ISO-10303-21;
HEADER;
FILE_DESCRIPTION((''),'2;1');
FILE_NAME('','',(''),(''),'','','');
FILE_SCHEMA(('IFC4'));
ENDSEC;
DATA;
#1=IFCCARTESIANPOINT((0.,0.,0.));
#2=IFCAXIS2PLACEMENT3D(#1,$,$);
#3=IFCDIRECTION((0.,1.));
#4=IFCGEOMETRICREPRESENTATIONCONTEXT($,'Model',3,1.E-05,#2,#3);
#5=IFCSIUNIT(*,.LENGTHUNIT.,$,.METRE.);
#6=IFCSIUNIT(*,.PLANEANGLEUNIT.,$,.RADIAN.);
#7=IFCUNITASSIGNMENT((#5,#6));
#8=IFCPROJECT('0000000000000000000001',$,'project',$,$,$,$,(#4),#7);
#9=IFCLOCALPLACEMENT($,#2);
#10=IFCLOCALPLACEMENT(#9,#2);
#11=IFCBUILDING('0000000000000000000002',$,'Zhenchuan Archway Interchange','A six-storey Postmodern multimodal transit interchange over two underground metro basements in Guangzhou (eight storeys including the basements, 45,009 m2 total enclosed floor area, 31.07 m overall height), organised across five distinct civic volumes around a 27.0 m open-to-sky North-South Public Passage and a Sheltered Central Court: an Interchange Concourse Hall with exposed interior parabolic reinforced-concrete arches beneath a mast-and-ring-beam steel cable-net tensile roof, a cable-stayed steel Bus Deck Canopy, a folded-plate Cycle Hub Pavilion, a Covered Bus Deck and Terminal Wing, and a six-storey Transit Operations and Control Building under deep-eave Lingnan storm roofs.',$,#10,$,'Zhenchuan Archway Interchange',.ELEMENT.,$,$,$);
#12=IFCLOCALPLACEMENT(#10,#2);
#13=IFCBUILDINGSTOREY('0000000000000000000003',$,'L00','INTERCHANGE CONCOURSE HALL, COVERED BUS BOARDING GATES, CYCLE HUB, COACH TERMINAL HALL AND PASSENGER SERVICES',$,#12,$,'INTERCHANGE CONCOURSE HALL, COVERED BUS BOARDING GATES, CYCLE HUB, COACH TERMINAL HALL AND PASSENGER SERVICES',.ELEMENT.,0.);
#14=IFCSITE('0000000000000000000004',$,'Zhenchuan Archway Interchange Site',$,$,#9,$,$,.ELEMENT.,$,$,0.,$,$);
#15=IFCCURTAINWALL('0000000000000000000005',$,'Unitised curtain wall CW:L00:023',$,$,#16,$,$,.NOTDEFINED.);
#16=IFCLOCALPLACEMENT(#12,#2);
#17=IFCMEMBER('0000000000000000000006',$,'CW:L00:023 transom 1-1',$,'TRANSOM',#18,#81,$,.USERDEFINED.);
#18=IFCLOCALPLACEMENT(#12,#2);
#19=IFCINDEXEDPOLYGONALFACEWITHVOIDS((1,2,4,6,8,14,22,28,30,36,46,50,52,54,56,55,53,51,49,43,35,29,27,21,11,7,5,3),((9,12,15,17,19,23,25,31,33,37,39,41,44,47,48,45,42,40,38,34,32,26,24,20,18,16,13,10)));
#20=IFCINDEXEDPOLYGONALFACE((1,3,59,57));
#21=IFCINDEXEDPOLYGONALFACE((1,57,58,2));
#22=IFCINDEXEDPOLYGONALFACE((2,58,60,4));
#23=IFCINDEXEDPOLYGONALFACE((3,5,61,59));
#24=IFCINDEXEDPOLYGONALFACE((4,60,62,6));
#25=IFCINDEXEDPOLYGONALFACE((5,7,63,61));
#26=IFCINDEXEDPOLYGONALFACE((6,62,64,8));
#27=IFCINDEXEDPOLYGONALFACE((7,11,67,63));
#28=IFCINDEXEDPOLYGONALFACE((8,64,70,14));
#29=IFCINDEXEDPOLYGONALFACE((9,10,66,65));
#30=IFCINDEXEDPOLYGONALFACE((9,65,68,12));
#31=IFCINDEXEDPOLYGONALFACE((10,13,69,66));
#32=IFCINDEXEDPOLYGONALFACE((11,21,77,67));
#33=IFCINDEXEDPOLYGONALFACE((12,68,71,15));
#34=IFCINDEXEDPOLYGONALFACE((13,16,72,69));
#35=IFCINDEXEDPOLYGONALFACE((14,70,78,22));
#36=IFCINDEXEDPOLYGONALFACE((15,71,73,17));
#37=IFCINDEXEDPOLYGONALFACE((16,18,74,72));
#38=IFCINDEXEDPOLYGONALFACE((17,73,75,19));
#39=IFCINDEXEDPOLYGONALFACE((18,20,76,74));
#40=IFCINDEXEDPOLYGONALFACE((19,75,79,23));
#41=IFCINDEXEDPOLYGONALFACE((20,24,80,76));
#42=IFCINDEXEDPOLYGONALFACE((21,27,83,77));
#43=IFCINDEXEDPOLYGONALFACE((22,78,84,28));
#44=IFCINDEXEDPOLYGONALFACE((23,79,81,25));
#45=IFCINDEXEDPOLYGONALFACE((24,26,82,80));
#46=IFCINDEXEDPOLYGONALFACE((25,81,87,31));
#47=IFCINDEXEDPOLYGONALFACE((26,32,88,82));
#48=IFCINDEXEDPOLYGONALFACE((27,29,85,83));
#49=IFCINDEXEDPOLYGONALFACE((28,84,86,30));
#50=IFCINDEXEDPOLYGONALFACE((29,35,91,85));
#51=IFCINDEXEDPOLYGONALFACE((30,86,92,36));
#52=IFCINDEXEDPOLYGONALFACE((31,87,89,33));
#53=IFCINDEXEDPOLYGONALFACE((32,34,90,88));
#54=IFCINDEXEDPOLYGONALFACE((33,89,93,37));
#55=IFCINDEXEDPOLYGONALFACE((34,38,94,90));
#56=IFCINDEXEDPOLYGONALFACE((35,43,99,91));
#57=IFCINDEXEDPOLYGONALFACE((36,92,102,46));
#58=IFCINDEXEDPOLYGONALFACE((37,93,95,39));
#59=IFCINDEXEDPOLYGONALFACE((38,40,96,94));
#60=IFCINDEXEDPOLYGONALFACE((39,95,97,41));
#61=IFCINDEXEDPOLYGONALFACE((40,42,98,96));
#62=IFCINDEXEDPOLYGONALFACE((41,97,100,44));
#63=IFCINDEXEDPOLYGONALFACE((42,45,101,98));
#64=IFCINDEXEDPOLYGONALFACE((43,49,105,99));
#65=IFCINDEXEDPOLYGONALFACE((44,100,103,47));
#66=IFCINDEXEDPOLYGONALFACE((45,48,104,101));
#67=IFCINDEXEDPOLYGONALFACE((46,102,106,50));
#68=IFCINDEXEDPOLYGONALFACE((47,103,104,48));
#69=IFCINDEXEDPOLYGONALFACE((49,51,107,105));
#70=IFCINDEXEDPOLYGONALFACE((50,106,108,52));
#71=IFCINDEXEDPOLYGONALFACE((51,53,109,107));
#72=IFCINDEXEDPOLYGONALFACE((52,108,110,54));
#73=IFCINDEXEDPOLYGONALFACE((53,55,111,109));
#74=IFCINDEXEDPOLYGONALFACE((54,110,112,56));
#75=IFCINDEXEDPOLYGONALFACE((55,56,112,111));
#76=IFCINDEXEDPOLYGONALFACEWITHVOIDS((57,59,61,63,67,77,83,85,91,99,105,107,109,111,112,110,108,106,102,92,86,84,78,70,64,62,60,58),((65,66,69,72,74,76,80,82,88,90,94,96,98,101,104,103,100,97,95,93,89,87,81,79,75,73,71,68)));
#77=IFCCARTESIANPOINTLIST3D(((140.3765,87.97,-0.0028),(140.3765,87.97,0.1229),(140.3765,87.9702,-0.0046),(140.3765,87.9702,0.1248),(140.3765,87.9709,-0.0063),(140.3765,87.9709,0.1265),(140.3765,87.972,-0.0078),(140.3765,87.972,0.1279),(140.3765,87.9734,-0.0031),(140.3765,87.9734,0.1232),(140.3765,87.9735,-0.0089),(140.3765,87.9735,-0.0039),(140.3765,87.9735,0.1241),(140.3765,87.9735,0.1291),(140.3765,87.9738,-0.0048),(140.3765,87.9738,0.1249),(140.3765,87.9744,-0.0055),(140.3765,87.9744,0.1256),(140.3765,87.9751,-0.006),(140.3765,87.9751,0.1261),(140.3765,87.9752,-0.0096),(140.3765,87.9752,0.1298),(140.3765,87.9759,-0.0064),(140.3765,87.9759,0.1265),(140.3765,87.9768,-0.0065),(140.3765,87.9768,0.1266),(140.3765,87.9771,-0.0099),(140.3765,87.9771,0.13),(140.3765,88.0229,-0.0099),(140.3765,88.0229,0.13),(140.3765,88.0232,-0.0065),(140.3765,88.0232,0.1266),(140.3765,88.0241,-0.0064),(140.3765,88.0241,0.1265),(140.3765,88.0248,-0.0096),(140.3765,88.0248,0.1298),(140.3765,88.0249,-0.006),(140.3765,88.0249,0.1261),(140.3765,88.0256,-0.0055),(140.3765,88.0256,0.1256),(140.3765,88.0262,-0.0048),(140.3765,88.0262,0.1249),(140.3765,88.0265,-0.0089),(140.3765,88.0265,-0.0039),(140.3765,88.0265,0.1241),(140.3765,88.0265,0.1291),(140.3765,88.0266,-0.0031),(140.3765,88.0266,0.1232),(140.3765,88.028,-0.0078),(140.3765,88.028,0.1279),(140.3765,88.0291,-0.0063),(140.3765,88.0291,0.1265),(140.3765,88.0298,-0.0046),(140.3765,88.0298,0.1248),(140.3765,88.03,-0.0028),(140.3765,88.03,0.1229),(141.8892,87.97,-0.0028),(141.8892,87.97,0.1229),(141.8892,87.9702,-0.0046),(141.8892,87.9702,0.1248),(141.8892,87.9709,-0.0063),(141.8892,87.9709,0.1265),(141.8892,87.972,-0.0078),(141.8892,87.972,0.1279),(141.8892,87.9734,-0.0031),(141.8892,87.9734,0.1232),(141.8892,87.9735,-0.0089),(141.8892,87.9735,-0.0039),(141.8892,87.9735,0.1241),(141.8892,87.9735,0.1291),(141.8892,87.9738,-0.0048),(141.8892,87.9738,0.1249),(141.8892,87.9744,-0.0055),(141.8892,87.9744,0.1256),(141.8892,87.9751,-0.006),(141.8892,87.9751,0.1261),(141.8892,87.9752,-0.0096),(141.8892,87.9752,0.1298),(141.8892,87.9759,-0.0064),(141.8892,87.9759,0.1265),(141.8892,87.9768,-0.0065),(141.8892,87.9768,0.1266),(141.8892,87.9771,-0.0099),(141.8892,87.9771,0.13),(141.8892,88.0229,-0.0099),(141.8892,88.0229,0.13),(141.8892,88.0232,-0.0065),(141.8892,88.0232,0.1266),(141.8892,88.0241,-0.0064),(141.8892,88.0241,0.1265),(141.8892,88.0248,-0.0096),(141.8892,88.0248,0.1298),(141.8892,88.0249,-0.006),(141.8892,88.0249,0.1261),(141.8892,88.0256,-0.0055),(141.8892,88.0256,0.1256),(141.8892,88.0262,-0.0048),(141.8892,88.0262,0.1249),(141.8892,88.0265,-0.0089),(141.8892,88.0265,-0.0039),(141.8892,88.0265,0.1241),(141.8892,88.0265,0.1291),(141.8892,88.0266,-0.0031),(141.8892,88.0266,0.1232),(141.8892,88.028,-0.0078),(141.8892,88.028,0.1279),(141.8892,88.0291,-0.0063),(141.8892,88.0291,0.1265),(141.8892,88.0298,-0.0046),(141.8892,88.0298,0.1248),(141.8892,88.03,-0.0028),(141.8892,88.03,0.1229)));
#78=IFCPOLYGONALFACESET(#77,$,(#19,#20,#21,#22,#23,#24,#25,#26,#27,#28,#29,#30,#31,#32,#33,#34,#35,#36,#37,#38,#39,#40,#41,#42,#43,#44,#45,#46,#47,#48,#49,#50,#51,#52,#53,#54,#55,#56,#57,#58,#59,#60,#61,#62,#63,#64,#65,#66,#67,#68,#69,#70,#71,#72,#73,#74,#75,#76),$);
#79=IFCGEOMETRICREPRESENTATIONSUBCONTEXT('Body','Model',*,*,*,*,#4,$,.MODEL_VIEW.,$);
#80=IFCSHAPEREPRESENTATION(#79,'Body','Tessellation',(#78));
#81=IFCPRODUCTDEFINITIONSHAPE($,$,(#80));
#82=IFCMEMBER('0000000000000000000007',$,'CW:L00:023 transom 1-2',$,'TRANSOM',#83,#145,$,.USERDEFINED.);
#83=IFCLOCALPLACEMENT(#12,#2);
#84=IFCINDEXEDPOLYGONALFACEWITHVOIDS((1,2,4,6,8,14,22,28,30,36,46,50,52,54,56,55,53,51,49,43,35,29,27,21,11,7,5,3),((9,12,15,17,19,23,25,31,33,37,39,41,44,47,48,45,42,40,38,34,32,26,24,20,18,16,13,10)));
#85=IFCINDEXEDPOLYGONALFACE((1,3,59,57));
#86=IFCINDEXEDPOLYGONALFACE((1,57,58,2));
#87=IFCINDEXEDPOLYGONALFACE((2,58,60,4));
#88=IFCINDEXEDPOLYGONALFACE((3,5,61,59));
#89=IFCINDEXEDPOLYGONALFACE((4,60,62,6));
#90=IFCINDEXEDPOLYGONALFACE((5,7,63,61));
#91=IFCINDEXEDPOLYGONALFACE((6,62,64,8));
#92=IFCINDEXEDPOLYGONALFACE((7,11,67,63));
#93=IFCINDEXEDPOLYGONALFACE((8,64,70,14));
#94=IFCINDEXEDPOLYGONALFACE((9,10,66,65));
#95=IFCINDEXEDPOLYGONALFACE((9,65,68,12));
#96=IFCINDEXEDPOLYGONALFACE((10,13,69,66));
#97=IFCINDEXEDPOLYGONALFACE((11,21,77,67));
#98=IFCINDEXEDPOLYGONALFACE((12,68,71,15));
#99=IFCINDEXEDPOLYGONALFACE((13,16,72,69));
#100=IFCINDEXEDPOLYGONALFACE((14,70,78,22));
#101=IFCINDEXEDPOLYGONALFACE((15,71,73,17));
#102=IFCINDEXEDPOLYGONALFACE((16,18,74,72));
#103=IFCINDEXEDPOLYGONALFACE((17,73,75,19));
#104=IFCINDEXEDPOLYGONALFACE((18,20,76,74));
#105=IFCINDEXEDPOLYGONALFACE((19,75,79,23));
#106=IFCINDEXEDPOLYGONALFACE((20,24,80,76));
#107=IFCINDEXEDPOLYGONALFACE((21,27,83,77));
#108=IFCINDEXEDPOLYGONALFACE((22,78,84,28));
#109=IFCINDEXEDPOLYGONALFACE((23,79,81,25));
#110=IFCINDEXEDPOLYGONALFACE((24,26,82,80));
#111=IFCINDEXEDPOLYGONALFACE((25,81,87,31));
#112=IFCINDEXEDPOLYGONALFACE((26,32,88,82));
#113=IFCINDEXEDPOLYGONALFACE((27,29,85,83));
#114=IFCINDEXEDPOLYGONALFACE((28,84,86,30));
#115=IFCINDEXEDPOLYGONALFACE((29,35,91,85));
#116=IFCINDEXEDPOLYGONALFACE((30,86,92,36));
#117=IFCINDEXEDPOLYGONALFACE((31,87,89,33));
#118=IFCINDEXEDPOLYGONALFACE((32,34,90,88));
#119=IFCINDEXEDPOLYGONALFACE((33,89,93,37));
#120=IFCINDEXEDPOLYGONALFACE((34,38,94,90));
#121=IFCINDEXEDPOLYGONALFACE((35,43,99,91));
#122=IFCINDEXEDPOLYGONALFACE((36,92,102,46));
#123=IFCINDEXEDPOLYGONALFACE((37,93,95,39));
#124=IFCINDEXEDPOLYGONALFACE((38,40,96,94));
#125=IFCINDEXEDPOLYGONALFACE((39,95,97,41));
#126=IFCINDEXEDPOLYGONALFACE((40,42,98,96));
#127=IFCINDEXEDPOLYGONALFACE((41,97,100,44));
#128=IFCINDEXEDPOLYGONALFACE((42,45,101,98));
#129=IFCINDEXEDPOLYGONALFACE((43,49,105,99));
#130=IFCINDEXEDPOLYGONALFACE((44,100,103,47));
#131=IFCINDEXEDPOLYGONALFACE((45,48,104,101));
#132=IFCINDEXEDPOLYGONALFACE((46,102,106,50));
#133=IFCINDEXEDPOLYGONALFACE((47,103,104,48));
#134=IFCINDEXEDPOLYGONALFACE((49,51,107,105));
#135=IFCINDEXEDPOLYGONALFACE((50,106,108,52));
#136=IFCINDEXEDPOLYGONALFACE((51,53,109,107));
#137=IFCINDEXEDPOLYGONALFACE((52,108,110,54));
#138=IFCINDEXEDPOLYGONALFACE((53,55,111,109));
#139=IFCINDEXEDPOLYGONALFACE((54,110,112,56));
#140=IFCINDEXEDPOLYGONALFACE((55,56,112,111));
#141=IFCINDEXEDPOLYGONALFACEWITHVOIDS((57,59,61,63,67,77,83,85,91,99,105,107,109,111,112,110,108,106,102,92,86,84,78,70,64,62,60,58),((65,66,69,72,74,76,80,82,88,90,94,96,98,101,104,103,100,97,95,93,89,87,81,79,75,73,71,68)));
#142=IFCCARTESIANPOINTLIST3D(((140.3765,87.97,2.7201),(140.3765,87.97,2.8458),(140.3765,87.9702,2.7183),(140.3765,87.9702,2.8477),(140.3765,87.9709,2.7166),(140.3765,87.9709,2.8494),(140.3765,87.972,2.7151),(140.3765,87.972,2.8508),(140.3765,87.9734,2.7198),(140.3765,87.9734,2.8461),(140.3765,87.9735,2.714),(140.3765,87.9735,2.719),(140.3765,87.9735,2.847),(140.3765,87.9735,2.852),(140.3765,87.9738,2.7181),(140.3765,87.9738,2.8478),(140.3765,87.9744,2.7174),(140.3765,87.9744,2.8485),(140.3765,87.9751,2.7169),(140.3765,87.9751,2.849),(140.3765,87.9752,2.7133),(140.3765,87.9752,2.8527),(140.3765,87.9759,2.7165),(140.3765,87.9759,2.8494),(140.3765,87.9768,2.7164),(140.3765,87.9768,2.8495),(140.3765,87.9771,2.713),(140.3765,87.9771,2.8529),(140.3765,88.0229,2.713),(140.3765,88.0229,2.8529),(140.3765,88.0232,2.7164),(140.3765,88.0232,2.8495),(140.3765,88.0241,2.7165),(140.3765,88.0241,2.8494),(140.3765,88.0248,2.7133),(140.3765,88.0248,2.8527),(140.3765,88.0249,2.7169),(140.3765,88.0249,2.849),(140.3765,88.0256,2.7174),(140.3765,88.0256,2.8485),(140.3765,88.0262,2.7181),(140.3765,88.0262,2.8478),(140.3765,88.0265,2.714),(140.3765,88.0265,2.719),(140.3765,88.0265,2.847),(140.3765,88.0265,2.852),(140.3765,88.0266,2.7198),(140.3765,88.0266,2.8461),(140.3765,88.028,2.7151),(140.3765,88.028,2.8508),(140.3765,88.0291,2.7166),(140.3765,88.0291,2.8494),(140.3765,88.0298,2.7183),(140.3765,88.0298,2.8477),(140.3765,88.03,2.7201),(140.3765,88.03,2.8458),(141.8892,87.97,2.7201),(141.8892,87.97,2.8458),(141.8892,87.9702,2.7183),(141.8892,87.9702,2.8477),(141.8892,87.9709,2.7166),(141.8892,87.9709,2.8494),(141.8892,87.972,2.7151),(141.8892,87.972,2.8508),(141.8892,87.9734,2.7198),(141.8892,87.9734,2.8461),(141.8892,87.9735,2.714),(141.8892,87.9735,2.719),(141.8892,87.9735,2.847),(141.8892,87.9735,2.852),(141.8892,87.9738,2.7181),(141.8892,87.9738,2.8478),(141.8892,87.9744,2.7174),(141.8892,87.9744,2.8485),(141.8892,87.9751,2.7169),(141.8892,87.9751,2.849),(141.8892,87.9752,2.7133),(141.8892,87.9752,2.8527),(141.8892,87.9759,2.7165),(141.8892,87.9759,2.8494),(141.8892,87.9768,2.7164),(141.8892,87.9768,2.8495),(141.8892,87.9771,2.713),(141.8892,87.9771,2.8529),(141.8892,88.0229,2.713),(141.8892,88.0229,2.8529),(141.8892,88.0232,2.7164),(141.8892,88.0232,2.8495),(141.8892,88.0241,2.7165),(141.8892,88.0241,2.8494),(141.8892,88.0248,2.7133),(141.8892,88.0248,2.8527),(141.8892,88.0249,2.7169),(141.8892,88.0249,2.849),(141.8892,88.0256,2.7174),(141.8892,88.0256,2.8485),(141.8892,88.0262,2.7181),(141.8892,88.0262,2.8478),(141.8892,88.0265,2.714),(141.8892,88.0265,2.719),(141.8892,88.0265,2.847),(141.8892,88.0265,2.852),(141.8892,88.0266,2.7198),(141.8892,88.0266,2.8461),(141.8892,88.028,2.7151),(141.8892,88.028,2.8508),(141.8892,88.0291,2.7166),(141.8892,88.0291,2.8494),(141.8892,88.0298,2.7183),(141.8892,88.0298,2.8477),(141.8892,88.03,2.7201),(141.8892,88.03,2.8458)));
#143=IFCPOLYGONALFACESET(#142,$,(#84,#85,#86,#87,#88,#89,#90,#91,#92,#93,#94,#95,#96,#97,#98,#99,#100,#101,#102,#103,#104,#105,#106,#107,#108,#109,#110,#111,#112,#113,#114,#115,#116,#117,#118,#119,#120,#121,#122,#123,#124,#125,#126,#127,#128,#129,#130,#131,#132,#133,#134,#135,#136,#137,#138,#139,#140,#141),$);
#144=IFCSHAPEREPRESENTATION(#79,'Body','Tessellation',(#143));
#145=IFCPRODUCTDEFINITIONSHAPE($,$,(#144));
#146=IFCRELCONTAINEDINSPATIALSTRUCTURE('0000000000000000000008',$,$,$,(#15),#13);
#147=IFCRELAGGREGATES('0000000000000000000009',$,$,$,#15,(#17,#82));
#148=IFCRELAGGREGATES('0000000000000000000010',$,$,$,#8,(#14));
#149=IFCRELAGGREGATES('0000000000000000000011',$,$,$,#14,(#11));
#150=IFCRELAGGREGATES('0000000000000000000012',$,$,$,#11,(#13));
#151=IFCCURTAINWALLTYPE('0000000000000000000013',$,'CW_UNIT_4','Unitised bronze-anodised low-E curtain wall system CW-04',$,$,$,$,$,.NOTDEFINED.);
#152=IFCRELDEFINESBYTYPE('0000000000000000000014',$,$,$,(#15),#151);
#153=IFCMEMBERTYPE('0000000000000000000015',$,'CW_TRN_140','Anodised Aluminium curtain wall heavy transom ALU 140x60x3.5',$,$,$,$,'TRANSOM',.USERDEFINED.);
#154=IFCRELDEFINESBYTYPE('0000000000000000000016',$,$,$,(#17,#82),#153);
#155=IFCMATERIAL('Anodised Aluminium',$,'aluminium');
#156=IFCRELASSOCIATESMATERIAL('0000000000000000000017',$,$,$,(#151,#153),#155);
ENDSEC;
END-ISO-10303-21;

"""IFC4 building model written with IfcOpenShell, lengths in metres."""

from ifc_helpers import new_model, si_unit, direction, frame, origin, origin_2d, place, context, subcontext, project, spatial, hollow_rectangle, extrude, material, material_profile, profile_set, type_object, element, aggregate, save


model = new_model("IFC4")

# Units and contexts
model_context = context("Model", 3, precision=1e-05, world=origin(), true_north=direction((0.0, 1.0)))
body_context = subcontext(model_context, "Body", "Model", "MODEL_VIEW")
ifc_project = project(units=[si_unit("LENGTHUNIT", "METRE"), si_unit("PLANEANGLEUNIT", "RADIAN")], contexts=[model_context])

# Site, building, storey
site_placement = place(None, origin())
site = spatial("IfcSite", under=ifc_project, at=site_placement, Name="Zhenchuan Archway Interchange Site", CompositionType="ELEMENT", RefElevation=0.0)
building_placement = place(site_placement, origin())
building = spatial("IfcBuilding", under=site, at=building_placement, Name="Zhenchuan Archway Interchange", Description="A six-storey Postmodern multimodal transit interchange over two underground metro basements in Guangzhou (eight storeys including the basements, 45,009 m2 total enclosed floor area, 31.07 m overall height), organised across five distinct civic volumes around a 27.0 m open-to-sky North-South Public Passage and a Sheltered Central Court: an Interchange Concourse Hall with exposed interior parabolic reinforced-concrete arches beneath a mast-and-ring-beam steel cable-net tensile roof, a cable-stayed steel Bus Deck Canopy, a folded-plate Cycle Hub Pavilion, a Covered Bus Deck and Terminal Wing, and a six-storey Transit Operations and Control Building under deep-eave Lingnan storm roofs.", LongName="Zhenchuan Archway Interchange", CompositionType="ELEMENT")
storey_placement = place(building_placement, origin())
storey = spatial("IfcBuildingStorey", under=building, at=storey_placement, Name="L00", Description="INTERCHANGE CONCOURSE HALL, COVERED BUS BOARDING GATES, CYCLE HUB, COACH TERMINAL HALL AND PASSENGER SERVICES", LongName="INTERCHANGE CONCOURSE HALL, COVERED BUS BOARDING GATES, CYCLE HUB, COACH TERMINAL HALL AND PASSENGER SERVICES", CompositionType="ELEMENT", Elevation=0.0)

# Curtain wall, members
ifc_material_1 = material(Name="Anodised Aluminium", Category="aluminium")
curtain_wall_type = type_object("IfcCurtainWallType", Name="CW_UNIT_4", Description="Unitised bronze-anodised low-E curtain wall system CW-04", PredefinedType="NOTDEFINED", material=ifc_material_1)
curtain_wall_placement = place(storey_placement, origin())
curtain_wall = element("IfcCurtainWall", 1, at=curtain_wall_placement, inside=storey, type_object=curtain_wall_type, Name="Unitised curtain wall CW:L00:023", PredefinedType="NOTDEFINED")
ifc_material_profile_1 = material_profile(ifc_material_1, hollow_rectangle(XDim=0.0601, YDim=0.1399, WallThickness=0.0034, InnerFilletRadius=0.0034, OuterFilletRadius=0.0071, at=origin_2d()), Name="ALU 140x60x3.5")
ifc_profile_set_1 = profile_set([ifc_material_profile_1], Name="Anodised Aluminium")
member_type_1 = type_object("IfcMemberType", Name="CW_TRN_140", Description="Anodised Aluminium curtain wall heavy transom ALU 140x60x3.5", ElementType="TRANSOM", PredefinedType="USERDEFINED", material=ifc_profile_set_1)
member_1_placement = place(storey_placement, frame((141.8892, 88.0, 0.0601), z_axis=(-1.0, 0.0, 0.0), x_axis=(0.0, -1.0, 0.0)))
member_1 = element("IfcMember", 2, at=member_1_placement, type_object=member_type_1, Name="CW:L00:023 transom 1-1", ObjectType="TRANSOM", PredefinedType="USERDEFINED", context=body_context, shape_type="SweptSolid", body=[
    extrude(hollow_rectangle(XDim=0.0601, YDim=0.1399, WallThickness=0.0034, InnerFilletRadius=0.0034, OuterFilletRadius=0.0071, at=origin_2d()), origin(), (0.0, 0.0, 1.0), 1.5127),
])
member_2_placement = place(storey_placement, frame((141.8892, 88.0, 2.783), z_axis=(-1.0, 0.0, 0.0), x_axis=(0.0, -1.0, 0.0)))
member_2 = element("IfcMember", 3, at=member_2_placement, type_object=member_type_1, Name="CW:L00:023 transom 1-2", ObjectType="TRANSOM", PredefinedType="USERDEFINED", context=body_context, shape_type="SweptSolid", body=[
    extrude(hollow_rectangle(XDim=0.0601, YDim=0.1399, WallThickness=0.0034, InnerFilletRadius=0.0034, OuterFilletRadius=0.0071, at=origin_2d()), origin(), (0.0, 0.0, 1.0), 1.5127),
])

aggregate(curtain_wall, [member_1, member_2])

save(model, "model.ifc")
